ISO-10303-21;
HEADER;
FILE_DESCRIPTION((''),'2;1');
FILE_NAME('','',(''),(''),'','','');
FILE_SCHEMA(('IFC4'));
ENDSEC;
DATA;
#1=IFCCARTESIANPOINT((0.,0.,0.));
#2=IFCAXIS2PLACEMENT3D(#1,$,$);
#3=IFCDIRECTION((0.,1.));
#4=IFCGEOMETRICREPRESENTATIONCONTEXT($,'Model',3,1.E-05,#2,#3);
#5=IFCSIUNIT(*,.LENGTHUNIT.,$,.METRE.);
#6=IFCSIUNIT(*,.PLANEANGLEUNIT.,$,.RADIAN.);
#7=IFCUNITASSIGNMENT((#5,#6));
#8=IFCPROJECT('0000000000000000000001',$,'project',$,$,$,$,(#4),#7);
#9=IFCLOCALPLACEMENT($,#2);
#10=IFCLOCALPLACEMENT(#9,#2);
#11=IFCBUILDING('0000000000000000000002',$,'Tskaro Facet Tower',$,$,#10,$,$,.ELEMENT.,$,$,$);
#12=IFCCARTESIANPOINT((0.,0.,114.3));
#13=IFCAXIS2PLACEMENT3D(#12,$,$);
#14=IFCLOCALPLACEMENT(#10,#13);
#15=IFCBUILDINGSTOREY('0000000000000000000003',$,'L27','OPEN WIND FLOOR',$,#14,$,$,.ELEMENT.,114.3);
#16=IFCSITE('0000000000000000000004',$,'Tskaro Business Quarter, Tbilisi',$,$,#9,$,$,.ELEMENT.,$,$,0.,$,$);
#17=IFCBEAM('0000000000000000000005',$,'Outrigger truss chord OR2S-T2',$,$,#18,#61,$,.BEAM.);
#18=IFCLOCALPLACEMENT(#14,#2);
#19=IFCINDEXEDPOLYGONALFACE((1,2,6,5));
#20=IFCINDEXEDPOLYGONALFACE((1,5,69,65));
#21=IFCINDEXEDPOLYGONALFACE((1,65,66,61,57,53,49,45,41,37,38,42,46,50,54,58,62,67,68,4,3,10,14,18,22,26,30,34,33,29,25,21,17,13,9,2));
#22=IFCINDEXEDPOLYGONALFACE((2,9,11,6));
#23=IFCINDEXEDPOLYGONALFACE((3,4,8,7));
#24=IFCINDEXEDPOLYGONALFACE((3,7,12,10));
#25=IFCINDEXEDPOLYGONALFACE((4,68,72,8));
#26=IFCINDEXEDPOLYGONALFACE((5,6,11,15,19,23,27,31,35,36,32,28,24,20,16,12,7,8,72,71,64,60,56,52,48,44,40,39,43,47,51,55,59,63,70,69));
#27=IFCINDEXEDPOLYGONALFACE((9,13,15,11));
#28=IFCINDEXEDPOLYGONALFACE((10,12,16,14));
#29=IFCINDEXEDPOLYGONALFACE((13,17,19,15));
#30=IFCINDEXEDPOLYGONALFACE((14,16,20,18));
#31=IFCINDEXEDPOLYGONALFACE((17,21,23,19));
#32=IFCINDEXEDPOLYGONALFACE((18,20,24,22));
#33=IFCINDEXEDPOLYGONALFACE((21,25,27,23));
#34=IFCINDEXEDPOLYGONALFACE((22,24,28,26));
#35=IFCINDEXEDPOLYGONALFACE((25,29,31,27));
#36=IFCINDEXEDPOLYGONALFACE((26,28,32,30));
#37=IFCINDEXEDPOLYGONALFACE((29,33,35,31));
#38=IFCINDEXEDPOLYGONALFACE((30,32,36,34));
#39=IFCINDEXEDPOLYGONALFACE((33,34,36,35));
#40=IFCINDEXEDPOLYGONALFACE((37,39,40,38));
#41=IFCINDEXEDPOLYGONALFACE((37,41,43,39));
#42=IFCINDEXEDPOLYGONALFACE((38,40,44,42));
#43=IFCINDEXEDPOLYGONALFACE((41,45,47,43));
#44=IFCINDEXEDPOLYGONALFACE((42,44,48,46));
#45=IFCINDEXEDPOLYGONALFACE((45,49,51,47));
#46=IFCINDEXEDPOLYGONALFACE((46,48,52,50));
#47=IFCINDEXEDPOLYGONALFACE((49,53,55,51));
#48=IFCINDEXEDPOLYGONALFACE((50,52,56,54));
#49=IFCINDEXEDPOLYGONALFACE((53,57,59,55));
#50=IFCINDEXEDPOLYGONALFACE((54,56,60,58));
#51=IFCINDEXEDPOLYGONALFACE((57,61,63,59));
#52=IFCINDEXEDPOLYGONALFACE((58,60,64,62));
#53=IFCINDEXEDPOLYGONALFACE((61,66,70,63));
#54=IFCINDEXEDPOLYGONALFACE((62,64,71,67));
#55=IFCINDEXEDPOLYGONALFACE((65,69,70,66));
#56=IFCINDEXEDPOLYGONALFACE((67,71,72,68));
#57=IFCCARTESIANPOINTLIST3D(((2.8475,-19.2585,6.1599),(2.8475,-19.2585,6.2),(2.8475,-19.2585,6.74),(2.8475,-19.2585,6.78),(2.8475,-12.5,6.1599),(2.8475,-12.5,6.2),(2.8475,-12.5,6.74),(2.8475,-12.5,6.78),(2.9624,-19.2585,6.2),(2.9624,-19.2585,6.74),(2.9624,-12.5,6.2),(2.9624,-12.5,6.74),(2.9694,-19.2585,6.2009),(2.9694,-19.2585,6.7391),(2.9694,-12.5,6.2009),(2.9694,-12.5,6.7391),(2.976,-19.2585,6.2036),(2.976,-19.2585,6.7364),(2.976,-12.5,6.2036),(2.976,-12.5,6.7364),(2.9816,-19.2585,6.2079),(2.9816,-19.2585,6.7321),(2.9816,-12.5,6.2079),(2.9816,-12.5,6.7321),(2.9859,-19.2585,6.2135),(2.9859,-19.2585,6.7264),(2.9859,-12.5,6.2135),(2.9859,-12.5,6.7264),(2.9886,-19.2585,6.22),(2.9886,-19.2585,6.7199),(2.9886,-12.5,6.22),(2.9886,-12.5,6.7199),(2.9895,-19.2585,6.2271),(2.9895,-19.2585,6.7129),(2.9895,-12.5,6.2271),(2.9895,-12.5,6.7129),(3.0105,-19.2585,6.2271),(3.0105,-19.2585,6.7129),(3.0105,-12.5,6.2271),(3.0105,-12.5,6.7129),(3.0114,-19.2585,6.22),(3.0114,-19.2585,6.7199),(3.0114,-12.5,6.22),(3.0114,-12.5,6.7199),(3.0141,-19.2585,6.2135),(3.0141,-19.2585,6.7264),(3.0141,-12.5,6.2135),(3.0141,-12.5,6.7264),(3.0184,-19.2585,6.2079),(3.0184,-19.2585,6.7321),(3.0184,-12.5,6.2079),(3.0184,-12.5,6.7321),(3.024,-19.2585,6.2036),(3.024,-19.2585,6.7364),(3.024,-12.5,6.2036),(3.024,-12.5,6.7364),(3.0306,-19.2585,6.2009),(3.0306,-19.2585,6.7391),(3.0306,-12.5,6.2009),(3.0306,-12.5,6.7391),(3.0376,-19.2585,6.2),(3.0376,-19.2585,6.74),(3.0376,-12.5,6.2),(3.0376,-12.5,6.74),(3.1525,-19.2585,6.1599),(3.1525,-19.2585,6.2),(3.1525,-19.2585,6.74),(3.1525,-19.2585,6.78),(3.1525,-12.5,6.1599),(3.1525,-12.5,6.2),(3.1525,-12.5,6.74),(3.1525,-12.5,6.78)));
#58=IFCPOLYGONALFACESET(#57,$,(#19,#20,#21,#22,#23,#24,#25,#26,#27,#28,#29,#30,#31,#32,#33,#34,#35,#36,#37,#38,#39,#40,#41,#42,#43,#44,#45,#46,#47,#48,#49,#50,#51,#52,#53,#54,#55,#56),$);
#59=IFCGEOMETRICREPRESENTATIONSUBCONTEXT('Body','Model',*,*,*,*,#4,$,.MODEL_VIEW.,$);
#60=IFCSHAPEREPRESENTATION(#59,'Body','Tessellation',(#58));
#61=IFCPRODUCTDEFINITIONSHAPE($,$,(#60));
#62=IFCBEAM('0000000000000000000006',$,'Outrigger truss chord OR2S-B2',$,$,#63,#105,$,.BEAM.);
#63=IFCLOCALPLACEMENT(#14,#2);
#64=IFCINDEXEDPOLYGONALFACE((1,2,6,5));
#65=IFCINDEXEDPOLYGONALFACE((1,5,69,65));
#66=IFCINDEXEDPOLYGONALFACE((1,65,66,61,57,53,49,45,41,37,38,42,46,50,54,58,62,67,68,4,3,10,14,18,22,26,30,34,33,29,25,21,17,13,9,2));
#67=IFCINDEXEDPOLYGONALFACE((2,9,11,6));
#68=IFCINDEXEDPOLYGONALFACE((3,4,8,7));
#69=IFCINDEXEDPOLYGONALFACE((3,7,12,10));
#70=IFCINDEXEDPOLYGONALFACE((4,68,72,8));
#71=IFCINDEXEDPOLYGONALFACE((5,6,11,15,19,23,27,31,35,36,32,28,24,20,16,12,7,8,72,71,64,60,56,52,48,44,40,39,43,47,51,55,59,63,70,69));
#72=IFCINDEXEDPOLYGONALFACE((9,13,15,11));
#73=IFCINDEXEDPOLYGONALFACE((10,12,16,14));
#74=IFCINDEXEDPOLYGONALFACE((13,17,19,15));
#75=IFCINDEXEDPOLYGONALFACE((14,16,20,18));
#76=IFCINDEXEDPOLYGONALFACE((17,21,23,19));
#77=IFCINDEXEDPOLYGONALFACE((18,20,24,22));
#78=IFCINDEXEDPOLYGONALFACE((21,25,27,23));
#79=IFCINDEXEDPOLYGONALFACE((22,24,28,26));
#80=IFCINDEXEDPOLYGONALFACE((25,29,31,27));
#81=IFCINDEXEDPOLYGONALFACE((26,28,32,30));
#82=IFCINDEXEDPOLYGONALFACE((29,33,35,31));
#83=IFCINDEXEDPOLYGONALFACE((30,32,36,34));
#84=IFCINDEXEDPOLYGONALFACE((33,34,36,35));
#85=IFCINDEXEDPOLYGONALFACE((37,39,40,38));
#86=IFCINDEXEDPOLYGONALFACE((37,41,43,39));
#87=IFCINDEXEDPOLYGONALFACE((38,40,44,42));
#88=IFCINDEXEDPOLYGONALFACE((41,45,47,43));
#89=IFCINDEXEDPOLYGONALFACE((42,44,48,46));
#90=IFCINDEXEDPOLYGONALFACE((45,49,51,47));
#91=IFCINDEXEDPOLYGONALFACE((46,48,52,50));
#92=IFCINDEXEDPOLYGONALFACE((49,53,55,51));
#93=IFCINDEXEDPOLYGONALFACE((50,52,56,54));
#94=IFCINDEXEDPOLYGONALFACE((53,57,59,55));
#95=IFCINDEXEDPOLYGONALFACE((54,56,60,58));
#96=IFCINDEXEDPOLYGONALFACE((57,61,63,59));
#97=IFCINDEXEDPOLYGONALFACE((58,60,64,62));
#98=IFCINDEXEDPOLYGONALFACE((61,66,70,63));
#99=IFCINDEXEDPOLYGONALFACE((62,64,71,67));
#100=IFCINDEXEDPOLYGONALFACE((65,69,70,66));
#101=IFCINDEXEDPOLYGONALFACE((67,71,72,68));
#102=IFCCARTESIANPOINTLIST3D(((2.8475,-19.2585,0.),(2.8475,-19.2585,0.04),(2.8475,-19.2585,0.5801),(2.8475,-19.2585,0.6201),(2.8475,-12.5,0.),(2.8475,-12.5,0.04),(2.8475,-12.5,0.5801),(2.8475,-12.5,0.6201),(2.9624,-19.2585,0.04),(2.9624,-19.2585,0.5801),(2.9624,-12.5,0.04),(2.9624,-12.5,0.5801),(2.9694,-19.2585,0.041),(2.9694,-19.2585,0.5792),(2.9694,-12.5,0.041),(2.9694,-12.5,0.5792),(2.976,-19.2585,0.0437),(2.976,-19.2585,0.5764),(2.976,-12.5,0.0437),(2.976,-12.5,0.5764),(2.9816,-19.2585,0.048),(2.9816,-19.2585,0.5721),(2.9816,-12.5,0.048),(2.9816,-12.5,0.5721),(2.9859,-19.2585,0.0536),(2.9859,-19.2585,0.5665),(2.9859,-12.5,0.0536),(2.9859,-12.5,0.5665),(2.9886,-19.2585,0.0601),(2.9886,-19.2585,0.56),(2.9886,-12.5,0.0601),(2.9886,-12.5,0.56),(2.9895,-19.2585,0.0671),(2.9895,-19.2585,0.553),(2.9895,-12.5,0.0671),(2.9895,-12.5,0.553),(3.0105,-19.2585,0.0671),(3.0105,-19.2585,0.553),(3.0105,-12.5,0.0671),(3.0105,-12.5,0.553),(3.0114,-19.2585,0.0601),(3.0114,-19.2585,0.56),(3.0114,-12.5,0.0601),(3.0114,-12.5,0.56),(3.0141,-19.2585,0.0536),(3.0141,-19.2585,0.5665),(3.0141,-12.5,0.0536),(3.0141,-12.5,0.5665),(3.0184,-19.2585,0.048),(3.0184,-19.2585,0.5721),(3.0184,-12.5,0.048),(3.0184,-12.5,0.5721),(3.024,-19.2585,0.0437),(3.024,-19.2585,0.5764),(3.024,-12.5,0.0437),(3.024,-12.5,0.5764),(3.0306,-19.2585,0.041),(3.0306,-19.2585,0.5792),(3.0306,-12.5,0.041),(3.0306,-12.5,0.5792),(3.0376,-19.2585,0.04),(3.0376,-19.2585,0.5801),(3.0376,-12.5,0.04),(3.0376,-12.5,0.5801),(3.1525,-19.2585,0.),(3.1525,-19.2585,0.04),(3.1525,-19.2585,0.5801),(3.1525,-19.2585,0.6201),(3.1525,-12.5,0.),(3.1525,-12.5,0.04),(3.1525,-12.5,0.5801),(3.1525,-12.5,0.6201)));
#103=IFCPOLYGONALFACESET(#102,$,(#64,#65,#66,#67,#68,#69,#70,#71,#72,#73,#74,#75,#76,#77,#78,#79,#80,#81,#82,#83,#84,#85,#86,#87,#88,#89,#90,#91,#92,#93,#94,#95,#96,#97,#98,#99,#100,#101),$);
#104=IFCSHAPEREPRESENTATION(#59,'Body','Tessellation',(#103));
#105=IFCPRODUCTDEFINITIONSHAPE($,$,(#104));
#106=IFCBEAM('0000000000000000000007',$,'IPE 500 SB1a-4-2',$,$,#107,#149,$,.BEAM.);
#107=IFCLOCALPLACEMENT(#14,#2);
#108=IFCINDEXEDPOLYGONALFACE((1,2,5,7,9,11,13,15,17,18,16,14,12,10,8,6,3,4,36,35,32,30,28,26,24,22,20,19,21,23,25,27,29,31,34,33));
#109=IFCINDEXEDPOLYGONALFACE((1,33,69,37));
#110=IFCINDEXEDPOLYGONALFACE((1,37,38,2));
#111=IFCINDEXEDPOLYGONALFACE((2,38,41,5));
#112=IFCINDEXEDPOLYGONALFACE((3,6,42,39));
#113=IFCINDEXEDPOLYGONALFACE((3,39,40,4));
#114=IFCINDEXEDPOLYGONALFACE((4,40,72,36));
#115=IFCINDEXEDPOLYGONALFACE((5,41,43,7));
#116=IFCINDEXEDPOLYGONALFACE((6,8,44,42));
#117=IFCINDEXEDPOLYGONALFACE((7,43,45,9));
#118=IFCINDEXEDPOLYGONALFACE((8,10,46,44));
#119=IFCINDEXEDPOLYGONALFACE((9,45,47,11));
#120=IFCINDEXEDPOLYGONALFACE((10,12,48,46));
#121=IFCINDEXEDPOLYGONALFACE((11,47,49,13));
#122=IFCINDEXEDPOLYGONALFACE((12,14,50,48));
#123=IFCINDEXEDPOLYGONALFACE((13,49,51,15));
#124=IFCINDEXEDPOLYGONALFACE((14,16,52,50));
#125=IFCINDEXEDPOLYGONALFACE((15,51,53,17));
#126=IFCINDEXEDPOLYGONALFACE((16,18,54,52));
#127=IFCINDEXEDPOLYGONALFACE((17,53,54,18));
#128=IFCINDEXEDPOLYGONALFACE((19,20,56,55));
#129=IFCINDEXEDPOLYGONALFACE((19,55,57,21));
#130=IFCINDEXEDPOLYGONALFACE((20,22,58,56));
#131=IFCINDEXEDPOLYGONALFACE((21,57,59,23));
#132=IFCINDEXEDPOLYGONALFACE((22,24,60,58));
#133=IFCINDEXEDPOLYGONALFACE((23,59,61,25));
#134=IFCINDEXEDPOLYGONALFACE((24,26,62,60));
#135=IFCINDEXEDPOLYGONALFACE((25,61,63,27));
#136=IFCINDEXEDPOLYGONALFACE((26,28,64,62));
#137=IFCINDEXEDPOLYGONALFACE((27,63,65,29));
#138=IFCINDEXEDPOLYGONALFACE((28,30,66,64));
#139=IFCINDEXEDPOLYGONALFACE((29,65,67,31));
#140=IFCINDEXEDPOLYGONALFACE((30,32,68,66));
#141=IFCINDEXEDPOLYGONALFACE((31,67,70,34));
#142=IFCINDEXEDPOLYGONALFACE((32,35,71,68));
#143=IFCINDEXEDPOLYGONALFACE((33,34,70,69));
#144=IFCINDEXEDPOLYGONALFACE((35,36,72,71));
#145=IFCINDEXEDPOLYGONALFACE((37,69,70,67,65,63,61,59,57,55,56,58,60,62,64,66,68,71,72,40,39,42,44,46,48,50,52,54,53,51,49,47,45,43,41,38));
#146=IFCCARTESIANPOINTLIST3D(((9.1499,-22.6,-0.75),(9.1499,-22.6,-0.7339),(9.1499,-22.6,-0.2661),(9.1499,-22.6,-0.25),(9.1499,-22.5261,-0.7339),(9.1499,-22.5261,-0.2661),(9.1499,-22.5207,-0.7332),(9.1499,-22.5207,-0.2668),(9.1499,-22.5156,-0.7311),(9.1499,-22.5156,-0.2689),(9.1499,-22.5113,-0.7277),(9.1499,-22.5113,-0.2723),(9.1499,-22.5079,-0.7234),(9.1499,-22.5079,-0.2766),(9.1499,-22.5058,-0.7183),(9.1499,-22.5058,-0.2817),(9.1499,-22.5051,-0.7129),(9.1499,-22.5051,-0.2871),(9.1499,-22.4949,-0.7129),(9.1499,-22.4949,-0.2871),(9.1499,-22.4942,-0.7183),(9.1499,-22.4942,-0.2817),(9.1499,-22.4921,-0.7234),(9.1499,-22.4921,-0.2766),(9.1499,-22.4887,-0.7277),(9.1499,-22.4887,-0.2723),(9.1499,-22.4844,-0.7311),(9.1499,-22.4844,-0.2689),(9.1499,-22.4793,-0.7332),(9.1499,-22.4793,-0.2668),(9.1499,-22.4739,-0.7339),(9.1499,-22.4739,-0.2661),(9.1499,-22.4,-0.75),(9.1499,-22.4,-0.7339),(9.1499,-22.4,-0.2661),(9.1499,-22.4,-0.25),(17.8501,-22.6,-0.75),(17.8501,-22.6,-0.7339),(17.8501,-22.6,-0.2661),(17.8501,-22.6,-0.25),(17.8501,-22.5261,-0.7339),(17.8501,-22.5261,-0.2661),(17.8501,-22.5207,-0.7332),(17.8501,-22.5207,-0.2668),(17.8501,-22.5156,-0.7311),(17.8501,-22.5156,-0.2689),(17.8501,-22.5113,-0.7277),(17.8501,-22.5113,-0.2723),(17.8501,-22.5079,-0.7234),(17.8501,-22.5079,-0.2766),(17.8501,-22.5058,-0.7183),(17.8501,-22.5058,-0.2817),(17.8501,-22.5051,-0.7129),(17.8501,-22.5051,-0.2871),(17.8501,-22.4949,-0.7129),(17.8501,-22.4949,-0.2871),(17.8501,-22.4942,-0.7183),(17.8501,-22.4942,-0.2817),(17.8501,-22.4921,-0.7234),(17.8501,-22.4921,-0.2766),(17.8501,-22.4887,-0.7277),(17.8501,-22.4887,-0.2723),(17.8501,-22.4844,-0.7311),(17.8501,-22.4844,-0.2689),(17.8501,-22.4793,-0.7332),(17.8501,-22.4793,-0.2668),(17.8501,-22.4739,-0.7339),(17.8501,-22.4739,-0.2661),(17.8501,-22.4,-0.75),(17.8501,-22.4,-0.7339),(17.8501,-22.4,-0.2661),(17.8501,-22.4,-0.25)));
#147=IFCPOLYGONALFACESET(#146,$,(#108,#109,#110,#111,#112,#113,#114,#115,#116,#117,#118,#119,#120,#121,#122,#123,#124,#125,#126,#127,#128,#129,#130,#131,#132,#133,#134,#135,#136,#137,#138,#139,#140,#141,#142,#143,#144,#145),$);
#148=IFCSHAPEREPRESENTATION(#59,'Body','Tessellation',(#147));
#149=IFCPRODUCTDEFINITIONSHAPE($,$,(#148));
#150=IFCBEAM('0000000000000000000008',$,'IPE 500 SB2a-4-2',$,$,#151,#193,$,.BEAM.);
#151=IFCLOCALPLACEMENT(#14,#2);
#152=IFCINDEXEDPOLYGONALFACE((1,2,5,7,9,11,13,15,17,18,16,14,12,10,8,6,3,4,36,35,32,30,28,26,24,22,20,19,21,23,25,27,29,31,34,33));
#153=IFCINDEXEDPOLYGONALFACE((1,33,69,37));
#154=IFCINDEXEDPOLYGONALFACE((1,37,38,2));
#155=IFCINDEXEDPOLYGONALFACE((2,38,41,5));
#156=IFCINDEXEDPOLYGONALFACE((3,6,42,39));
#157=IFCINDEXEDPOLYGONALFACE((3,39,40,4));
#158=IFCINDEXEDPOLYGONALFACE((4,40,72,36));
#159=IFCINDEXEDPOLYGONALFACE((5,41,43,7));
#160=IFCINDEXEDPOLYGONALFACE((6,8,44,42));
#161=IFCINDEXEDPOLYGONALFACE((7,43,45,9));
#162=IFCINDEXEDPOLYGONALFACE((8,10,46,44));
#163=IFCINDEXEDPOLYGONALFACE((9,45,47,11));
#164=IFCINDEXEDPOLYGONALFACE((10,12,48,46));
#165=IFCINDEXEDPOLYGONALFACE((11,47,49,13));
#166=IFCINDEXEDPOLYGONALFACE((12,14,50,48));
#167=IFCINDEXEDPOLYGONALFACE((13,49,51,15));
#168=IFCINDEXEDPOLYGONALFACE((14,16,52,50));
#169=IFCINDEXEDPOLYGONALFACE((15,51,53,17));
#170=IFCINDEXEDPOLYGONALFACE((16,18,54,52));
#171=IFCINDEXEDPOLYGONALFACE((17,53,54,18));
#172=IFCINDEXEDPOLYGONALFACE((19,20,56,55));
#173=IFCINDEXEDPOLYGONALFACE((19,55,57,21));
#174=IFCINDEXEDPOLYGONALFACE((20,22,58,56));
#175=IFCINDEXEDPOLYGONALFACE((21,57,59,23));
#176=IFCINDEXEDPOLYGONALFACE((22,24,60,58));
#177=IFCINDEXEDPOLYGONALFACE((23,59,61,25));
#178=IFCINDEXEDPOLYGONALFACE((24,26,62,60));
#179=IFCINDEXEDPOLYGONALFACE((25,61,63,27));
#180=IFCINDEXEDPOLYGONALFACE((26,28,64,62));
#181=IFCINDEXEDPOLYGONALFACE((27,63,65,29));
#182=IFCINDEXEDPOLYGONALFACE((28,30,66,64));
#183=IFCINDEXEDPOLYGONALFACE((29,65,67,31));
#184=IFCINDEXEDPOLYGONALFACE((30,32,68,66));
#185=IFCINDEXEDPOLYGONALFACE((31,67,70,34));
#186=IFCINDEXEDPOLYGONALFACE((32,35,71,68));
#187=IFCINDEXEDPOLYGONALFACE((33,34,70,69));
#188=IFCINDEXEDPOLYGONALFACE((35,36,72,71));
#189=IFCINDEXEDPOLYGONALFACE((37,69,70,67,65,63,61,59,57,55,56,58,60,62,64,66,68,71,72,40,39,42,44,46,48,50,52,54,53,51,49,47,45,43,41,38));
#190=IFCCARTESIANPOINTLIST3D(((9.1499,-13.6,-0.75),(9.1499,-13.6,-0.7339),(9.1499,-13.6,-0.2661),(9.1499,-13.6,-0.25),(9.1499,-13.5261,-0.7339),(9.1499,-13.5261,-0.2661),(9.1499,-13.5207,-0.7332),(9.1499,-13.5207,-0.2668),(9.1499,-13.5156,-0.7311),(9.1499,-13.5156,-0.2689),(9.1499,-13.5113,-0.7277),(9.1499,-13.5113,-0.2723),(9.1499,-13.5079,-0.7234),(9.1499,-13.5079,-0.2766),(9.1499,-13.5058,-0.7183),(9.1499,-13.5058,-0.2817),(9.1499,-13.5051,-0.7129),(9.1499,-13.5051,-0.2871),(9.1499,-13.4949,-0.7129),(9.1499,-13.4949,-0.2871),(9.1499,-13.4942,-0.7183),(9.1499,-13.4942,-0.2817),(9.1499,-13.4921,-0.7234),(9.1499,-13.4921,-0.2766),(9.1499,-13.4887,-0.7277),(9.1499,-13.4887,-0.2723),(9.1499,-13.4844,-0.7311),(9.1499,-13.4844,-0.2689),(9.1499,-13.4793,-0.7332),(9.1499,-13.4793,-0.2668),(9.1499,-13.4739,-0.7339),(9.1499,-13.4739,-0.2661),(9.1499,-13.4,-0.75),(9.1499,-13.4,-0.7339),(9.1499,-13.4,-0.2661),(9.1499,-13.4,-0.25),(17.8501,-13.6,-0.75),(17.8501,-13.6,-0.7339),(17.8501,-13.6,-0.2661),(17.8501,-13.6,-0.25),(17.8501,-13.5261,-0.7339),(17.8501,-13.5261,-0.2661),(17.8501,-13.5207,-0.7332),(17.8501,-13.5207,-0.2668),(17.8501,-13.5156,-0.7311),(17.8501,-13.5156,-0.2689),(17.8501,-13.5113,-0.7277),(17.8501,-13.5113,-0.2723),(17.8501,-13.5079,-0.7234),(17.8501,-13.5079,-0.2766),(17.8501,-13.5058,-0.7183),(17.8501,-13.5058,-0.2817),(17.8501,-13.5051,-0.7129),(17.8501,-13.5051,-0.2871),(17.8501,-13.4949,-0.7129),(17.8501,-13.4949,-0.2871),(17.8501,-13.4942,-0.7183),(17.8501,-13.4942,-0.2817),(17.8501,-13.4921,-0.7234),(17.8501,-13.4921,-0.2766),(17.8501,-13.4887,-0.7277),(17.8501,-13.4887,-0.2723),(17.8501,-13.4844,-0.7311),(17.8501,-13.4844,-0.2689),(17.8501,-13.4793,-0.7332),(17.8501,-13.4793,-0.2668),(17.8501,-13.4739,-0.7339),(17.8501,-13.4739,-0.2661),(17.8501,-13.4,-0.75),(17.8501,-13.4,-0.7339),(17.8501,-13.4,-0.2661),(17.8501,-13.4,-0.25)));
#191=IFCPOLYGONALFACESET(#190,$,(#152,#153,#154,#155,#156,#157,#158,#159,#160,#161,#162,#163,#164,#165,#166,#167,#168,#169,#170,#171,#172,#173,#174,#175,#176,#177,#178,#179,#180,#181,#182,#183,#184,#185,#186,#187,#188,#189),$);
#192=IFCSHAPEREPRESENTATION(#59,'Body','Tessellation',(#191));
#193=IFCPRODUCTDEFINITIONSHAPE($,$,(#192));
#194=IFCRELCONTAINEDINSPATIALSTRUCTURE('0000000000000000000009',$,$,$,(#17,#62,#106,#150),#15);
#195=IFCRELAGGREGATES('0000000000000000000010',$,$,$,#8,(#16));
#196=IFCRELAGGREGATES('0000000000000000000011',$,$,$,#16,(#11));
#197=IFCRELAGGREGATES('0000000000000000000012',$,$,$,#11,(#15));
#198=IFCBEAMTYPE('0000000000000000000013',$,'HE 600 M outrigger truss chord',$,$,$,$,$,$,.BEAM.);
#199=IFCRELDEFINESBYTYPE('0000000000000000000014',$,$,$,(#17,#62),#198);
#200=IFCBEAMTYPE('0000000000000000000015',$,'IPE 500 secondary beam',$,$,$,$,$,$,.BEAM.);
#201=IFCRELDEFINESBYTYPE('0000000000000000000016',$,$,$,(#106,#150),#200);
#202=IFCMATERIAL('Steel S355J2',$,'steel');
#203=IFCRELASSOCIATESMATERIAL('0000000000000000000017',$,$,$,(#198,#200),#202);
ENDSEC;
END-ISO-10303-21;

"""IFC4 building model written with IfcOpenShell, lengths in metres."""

from ifc_helpers import new_model, si_unit, direction, frame, origin, origin_2d, place, context, subcontext, project, spatial, i_section, extrude, material, material_profile, profile_set, type_object, element, save


model = new_model("IFC4")

# Units and contexts
model_context = context("Model", 3, precision=1e-05, world=origin(), true_north=direction((0.0, 1.0)))
body_context = subcontext(model_context, "Body", "Model", "MODEL_VIEW")
ifc_project = project(units=[si_unit("LENGTHUNIT", "METRE"), si_unit("PLANEANGLEUNIT", "RADIAN")], contexts=[model_context])

# Site, building, storey
site_placement = place(None, origin())
site = spatial("IfcSite", under=ifc_project, at=site_placement, Name="Tskaro Business Quarter, Tbilisi", CompositionType="ELEMENT", RefElevation=0.0)
building_placement = place(site_placement, origin())
building = spatial("IfcBuilding", under=site, at=building_placement, Name="Tskaro Facet Tower", CompositionType="ELEMENT")
storey_placement = place(building_placement, frame((0.0, 0.0, 114.3)))
storey = spatial("IfcBuildingStorey", under=building, at=storey_placement, Name="L27", Description="OPEN WIND FLOOR", CompositionType="ELEMENT", Elevation=114.3)

# Shared definitions
ifc_material_1 = material(Name="Steel S355J2", Category="steel")

# Beams
ifc_material_profile_1 = material_profile(ifc_material_1, i_section(OverallWidth=0.3049, OverallDepth=0.6201, WebThickness=0.021, FlangeThickness=0.04, FilletRadius=0.0271, at=origin_2d()), Name="HE 600 M")
ifc_profile_set_1 = profile_set([ifc_material_profile_1], Name="Steel S355J2")
beam_type_1 = type_object("IfcBeamType", Name="HE 600 M outrigger truss chord", PredefinedType="BEAM", material=ifc_profile_set_1)
for number, where, z_axis, x_axis, name in (
    (1, (3.0, -19.2585, 6.47), (0.0, 1.0, 0.0), (-1.0, 0.0, 0.0), "Outrigger truss chord OR2S-T2"),
    (2, (3.0, -19.2585, 0.3101), (0.0, 1.0, 0.0), (-1.0, 0.0, 0.0), "Outrigger truss chord OR2S-B2"),
):
    element("IfcBeam", number, at=place(storey_placement, frame(where, z_axis=z_axis, x_axis=x_axis)), inside=storey, type_object=beam_type_1, Name=name, PredefinedType="BEAM", context=body_context, shape_type="SweptSolid", body=[
        extrude(i_section(OverallWidth=0.3049, OverallDepth=0.6201, WebThickness=0.021, FlangeThickness=0.04, FilletRadius=0.0271, at=origin_2d()), origin(), (0.0, 0.0, 1.0), 6.7585),
    ])
ifc_material_profile_2 = material_profile(ifc_material_1, i_section(OverallWidth=0.2, OverallDepth=0.5, WebThickness=0.0103, FlangeThickness=0.0161, FilletRadius=0.021, at=origin_2d()), Name="IPE 500")
ifc_profile_set_2 = profile_set([ifc_material_profile_2], Name="Steel S355J2")
beam_type_2 = type_object("IfcBeamType", Name="IPE 500 secondary beam", PredefinedType="BEAM", material=ifc_profile_set_2)
for number, where, z_axis, x_axis, name in (
    (3, (9.1499, -22.5, -0.5), (1.0, 0.0, 0.0), (0.0, 1.0, 0.0), "IPE 500 SB1a-4-2"),
    (4, (9.1499, -13.5, -0.5), (1.0, 0.0, 0.0), (0.0, 1.0, 0.0), "IPE 500 SB2a-4-2"),
):
    element("IfcBeam", number, at=place(storey_placement, frame(where, z_axis=z_axis, x_axis=x_axis)), inside=storey, type_object=beam_type_2, Name=name, PredefinedType="BEAM", context=body_context, shape_type="SweptSolid", body=[
        extrude(i_section(OverallWidth=0.2, OverallDepth=0.5, WebThickness=0.0103, FlangeThickness=0.0161, FilletRadius=0.021, at=origin_2d()), origin(), (0.0, 0.0, 1.0), 8.7002),
    ])

save(model, "model.ifc")
